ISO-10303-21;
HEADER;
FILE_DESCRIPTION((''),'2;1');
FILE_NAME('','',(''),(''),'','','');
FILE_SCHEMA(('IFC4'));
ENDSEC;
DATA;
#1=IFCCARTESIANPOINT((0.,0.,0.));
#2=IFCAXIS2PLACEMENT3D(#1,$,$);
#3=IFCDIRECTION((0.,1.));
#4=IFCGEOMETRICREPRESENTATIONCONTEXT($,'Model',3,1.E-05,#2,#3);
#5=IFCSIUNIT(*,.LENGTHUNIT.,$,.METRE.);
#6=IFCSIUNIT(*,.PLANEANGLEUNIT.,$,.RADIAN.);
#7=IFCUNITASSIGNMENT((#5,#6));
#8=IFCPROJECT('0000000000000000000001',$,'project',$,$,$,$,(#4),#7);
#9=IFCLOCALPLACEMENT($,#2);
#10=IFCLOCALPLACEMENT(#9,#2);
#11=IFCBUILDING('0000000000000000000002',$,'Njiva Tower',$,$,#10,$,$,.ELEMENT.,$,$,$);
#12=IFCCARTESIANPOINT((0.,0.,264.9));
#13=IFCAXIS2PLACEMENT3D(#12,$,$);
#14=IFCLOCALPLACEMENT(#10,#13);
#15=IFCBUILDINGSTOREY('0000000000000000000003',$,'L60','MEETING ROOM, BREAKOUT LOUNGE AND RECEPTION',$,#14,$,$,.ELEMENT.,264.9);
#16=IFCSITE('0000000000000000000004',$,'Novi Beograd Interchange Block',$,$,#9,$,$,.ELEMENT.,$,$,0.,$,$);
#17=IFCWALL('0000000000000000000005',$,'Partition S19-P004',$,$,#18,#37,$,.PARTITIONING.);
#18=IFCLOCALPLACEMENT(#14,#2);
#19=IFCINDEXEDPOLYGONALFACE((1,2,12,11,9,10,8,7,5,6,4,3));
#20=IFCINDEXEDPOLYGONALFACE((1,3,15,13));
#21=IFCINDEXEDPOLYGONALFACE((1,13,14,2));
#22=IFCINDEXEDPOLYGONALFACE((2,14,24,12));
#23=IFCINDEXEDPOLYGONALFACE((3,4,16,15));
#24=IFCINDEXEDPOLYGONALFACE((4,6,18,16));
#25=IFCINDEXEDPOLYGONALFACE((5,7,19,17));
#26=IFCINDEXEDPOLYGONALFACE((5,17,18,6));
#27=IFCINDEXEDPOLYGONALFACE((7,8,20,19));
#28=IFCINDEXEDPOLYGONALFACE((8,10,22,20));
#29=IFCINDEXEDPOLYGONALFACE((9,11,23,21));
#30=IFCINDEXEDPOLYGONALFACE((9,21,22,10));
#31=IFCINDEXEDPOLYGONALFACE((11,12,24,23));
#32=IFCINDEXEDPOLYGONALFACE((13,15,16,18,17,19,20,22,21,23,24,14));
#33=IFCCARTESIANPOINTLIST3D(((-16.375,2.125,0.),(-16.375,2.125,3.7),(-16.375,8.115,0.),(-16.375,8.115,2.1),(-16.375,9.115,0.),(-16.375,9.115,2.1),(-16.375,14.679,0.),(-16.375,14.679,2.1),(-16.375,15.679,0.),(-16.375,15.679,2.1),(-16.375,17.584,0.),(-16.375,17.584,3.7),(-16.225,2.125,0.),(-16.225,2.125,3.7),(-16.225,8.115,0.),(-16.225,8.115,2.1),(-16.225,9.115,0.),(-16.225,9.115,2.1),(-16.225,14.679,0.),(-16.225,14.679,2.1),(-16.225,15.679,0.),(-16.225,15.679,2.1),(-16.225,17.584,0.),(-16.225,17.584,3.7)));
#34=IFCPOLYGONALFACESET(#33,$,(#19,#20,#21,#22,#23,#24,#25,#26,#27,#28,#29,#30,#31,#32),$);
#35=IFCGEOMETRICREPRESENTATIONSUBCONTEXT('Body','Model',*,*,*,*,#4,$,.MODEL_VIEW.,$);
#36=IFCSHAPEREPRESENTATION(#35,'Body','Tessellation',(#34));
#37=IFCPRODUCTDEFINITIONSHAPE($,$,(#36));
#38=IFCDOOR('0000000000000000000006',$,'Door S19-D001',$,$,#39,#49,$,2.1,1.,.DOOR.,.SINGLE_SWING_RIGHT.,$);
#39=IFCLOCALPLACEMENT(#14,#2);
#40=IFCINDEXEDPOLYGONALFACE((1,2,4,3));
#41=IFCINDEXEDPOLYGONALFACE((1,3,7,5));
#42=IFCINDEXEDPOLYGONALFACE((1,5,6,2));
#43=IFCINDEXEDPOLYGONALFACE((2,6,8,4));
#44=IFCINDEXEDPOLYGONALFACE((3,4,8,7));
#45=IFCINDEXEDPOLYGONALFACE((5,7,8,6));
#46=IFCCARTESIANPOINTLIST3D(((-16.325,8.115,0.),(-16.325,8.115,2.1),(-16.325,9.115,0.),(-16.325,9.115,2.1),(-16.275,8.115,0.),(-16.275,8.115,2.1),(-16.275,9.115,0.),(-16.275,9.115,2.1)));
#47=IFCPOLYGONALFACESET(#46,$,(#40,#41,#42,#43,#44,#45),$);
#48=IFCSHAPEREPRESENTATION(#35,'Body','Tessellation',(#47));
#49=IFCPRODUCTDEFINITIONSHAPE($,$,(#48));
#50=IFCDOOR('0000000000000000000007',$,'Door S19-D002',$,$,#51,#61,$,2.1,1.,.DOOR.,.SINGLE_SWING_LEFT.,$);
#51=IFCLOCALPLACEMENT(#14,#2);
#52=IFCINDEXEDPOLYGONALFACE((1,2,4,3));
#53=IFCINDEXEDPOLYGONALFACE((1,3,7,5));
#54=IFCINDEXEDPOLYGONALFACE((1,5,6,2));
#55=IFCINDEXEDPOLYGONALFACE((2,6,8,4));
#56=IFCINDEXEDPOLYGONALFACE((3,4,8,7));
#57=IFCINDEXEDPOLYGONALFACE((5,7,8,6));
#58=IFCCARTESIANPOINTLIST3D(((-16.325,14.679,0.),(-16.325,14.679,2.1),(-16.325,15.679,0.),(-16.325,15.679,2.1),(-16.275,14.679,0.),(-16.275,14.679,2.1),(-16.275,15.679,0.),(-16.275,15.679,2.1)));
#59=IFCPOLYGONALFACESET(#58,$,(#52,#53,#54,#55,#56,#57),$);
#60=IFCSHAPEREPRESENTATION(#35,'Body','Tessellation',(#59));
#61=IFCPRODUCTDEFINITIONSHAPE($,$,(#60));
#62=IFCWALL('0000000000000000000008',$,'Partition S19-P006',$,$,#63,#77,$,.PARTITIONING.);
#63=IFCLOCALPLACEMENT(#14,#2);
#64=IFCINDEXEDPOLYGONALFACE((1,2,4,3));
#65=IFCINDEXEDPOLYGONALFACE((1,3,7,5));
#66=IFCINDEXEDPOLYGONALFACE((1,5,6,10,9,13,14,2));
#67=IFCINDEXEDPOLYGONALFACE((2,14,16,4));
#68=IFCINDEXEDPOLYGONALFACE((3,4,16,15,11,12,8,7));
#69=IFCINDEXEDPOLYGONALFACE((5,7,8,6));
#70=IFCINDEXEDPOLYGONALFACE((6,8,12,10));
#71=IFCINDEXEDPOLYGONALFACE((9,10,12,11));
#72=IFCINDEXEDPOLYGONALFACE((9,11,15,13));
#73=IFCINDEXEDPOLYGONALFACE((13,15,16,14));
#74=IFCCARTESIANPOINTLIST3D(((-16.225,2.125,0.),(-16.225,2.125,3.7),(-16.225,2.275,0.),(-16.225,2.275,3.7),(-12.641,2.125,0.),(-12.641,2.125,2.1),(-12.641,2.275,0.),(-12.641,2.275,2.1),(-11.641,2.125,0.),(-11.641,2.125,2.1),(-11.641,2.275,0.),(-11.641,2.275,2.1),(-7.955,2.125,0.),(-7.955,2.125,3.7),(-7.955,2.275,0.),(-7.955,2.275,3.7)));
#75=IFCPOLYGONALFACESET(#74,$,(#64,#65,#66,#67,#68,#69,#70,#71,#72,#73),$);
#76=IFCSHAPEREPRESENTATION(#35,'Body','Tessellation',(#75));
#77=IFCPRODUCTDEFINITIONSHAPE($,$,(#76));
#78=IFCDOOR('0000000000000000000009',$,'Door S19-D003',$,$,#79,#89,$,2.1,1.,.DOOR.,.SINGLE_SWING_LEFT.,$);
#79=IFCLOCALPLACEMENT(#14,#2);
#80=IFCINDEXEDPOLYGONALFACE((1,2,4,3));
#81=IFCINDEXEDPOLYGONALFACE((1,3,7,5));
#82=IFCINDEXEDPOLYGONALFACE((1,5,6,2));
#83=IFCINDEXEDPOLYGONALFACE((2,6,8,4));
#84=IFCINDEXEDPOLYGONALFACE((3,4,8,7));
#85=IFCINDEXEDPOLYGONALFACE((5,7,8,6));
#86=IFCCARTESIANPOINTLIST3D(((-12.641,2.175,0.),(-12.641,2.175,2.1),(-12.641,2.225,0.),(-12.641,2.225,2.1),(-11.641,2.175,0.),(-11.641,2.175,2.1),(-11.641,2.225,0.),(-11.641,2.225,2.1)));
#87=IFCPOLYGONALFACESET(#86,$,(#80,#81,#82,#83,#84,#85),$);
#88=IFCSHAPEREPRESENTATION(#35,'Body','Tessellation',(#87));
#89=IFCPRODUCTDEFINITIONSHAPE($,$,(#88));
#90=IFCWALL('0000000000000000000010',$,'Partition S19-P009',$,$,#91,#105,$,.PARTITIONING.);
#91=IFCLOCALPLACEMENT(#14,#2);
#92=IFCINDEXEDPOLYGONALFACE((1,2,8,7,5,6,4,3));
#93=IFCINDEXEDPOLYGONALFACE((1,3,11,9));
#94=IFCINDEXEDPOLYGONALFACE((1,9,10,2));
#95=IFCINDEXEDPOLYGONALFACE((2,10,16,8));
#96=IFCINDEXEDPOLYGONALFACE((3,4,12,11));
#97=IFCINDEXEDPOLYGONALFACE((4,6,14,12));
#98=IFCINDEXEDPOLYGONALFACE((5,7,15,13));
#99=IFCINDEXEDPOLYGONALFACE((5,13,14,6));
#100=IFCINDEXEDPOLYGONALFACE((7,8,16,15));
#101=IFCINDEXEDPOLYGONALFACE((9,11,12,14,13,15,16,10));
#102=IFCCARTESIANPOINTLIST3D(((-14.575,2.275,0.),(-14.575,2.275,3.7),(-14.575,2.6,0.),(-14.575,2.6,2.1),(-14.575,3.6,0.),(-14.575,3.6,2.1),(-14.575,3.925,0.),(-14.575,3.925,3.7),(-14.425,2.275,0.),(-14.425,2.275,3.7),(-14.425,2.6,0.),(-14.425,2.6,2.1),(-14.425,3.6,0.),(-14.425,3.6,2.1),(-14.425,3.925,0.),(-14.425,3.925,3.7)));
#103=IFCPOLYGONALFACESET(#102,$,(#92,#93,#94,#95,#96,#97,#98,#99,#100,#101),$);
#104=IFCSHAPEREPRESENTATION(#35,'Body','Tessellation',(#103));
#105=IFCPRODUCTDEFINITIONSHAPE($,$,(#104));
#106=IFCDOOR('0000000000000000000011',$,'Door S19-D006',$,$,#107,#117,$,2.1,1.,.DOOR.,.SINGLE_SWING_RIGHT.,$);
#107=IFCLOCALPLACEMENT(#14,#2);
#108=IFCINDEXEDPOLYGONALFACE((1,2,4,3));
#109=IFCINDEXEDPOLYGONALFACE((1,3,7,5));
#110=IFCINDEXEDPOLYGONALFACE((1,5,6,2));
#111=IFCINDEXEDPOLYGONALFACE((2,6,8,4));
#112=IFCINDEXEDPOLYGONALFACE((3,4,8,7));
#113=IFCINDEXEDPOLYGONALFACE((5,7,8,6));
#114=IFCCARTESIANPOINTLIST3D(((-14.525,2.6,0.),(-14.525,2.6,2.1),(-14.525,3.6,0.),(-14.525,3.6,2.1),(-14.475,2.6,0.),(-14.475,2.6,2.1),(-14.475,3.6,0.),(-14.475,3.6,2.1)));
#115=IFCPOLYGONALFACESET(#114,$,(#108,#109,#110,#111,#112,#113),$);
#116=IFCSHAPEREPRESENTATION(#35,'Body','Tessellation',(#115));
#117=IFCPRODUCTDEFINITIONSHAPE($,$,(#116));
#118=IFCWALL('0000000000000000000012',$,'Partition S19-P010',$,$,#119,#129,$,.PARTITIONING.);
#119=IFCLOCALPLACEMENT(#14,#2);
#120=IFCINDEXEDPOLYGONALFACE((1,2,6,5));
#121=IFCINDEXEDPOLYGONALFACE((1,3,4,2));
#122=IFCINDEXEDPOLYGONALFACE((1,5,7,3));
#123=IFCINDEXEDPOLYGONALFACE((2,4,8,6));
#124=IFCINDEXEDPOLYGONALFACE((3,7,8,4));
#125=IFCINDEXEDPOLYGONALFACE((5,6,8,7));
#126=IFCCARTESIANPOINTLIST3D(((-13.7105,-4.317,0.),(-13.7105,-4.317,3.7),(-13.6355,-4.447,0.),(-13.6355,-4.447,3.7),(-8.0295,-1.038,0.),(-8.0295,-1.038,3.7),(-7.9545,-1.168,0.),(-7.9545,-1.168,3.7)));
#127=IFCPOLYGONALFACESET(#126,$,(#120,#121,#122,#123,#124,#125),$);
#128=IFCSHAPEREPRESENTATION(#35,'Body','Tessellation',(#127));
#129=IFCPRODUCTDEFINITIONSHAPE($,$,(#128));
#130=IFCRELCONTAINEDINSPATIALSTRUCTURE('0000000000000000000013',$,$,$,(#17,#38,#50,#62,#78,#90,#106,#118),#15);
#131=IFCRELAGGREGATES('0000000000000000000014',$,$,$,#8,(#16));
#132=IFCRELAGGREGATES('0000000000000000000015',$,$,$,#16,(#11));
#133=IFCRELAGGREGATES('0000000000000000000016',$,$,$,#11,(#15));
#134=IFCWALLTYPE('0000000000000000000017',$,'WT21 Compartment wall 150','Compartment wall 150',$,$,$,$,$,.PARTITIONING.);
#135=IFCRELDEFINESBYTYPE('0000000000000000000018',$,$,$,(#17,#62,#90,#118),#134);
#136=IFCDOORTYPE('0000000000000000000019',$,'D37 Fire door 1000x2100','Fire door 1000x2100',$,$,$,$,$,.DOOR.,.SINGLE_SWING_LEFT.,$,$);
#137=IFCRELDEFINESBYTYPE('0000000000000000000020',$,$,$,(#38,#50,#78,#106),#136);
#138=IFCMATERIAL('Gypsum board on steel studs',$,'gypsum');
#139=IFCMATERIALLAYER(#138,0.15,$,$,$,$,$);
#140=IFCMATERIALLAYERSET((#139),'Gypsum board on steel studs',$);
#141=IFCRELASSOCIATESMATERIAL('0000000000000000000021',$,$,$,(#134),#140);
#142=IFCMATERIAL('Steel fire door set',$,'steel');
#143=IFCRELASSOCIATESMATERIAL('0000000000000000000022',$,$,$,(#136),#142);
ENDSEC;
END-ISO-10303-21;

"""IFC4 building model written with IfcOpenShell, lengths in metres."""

from ifc_helpers import new_model, si_unit, direction, frame, frame_2d, origin, place, context, subcontext, project, spatial, rectangle, extrude, material, layer, layer_set, type_object, element, fill, save


model = new_model("IFC4")

# Units and contexts
model_context = context("Model", 3, precision=1e-05, world=origin(), true_north=direction((0.0, 1.0)))
body_context = subcontext(model_context, "Body", "Model", "MODEL_VIEW")
ifc_project = project(units=[si_unit("LENGTHUNIT", "METRE"), si_unit("PLANEANGLEUNIT", "RADIAN")], contexts=[model_context])

# Site, building, storey
site_placement = place(None, origin())
site = spatial("IfcSite", under=ifc_project, at=site_placement, Name="Novi Beograd Interchange Block", CompositionType="ELEMENT", RefElevation=0.0)
building_placement = place(site_placement, origin())
building = spatial("IfcBuilding", under=site, at=building_placement, Name="Njiva Tower", CompositionType="ELEMENT")
storey_placement = place(building_placement, frame((0.0, 0.0, 264.9)))
storey = spatial("IfcBuildingStorey", under=building, at=storey_placement, Name="L60", Description="MEETING ROOM, BREAKOUT LOUNGE AND RECEPTION", CompositionType="ELEMENT", Elevation=264.9)

# Shared definitions
ifc_material_1 = material(Name="Gypsum board on steel studs", Category="gypsum")
ifc_layer = layer(ifc_material_1, 0.15)
ifc_layer_set = layer_set([ifc_layer], Name="Gypsum board on steel studs")
wall_type = type_object("IfcWallType", Name="WT21 Compartment wall 150", Description="Compartment wall 150", PredefinedType="PARTITIONING", material=ifc_layer_set)

# Wall, openings, doors
wall_1_placement = place(storey_placement, frame((-16.3, 2.125, 0.0), z_axis=(0.0, 0.0, 1.0), x_axis=(0.0, 1.0, 0.0)))
wall_1 = element("IfcWall", 1, at=wall_1_placement, inside=storey, type_object=wall_type, Name="Partition S19-P004", PredefinedType="PARTITIONING", context=body_context, shape_type="SweptSolid", body=[
    extrude(rectangle(XDim=15.459, YDim=0.15, at=frame_2d((7.7295, 0.0))), origin(), (0.0, 0.0, 1.0), 3.7),
])
opening_1_placement = place(wall_1_placement, frame((5.99, 0.0, 0.0)))
opening_1 = element("IfcOpeningElement", 2, at=opening_1_placement, cuts=wall_1, PredefinedType="OPENING", context=body_context, shape_type="SweptSolid", body=[
    extrude(rectangle(XDim=1.0, YDim=2.1, at=frame_2d((0.5, 1.05))), frame((0.0, 0.085, 0.0), z_axis=(0.0, -1.0, 0.0), x_axis=(1.0, 0.0, 0.0)), (0.0, 0.0, 1.0), 0.17),
])
opening_2_placement = place(wall_1_placement, frame((12.554, 0.0, 0.0)))
opening_2 = element("IfcOpeningElement", 3, at=opening_2_placement, cuts=wall_1, PredefinedType="OPENING", context=body_context, shape_type="SweptSolid", body=[
    extrude(rectangle(XDim=1.0, YDim=2.1, at=frame_2d((0.5, 1.05))), frame((0.0, 0.085, 0.0), z_axis=(0.0, -1.0, 0.0), x_axis=(1.0, 0.0, 0.0)), (0.0, 0.0, 1.0), 0.17),
])
ifc_material_2 = material(Name="Steel fire door set", Category="steel")
door_type = type_object("IfcDoorType", Name="D37 Fire door 1000x2100", Description="Fire door 1000x2100", OperationType="SINGLE_SWING_LEFT", PredefinedType="DOOR", material=ifc_material_2)
door_1_placement = place(opening_1_placement, origin())
door_1 = element("IfcDoor", 4, at=door_1_placement, inside=storey, type_object=door_type, Name="Door S19-D001", OperationType="SINGLE_SWING_RIGHT", OverallHeight=2.1, OverallWidth=1.0, PredefinedType="DOOR", context=body_context, shape_type="SweptSolid", body=[
    extrude(rectangle(XDim=1.0, YDim=2.1, at=frame_2d((0.5, 1.05))), frame((0.0, 0.025, 0.0), z_axis=(0.0, -1.0, 0.0), x_axis=(1.0, 0.0, 0.0)), (0.0, 0.0, 1.0), 0.05),
])
fill(opening_1, door_1)
door_2_placement = place(opening_2_placement, origin())
door_2 = element("IfcDoor", 5, at=door_2_placement, inside=storey, type_object=door_type, Name="Door S19-D002", OperationType="SINGLE_SWING_LEFT", OverallHeight=2.1, OverallWidth=1.0, PredefinedType="DOOR", context=body_context, shape_type="SweptSolid", body=[
    extrude(rectangle(XDim=1.0, YDim=2.1, at=frame_2d((0.5, 1.05))), frame((0.0, 0.025, 0.0), z_axis=(0.0, -1.0, 0.0), x_axis=(1.0, 0.0, 0.0)), (0.0, 0.0, 1.0), 0.05),
])
fill(opening_2, door_2)

# Walls, openings, doors
wall_2_placement = place(storey_placement, frame((-16.225, 2.2, 0.0), z_axis=(0.0, 0.0, 1.0), x_axis=(1.0, 0.0, 0.0)))
wall_2 = element("IfcWall", 6, at=wall_2_placement, inside=storey, type_object=wall_type, Name="Partition S19-P006", PredefinedType="PARTITIONING", context=body_context, shape_type="SweptSolid", body=[
    extrude(rectangle(XDim=8.27, YDim=0.15, at=frame_2d((4.135, 0.0))), origin(), (0.0, 0.0, 1.0), 3.7),
])
opening_3_placement = place(wall_2_placement, frame((3.584, 0.0, 0.0)))
opening_3 = element("IfcOpeningElement", 7, at=opening_3_placement, cuts=wall_2, PredefinedType="OPENING", context=body_context, shape_type="SweptSolid", body=[
    extrude(rectangle(XDim=1.0, YDim=2.1, at=frame_2d((0.5, 1.05))), frame((0.0, 0.085, 0.0), z_axis=(0.0, -1.0, 0.0), x_axis=(1.0, 0.0, 0.0)), (0.0, 0.0, 1.0), 0.17),
])
door_3_placement = place(opening_3_placement, origin())
door_3 = element("IfcDoor", 8, at=door_3_placement, inside=storey, type_object=door_type, Name="Door S19-D003", OperationType="SINGLE_SWING_LEFT", OverallHeight=2.1, OverallWidth=1.0, PredefinedType="DOOR", context=body_context, shape_type="SweptSolid", body=[
    extrude(rectangle(XDim=1.0, YDim=2.1, at=frame_2d((0.5, 1.05))), frame((0.0, 0.025, 0.0), z_axis=(0.0, -1.0, 0.0), x_axis=(1.0, 0.0, 0.0)), (0.0, 0.0, 1.0), 0.05),
])
fill(opening_3, door_3)
wall_3_placement = place(storey_placement, frame((-14.5, 2.275, 0.0), z_axis=(0.0, 0.0, 1.0), x_axis=(0.0, 1.0, 0.0)))
wall_3 = element("IfcWall", 9, at=wall_3_placement, inside=storey, type_object=wall_type, Name="Partition S19-P009", PredefinedType="PARTITIONING", context=body_context, shape_type="SweptSolid", body=[
    extrude(rectangle(XDim=1.65, YDim=0.15, at=frame_2d((0.825, 0.0))), origin(), (0.0, 0.0, 1.0), 3.7),
])
opening_4_placement = place(wall_3_placement, frame((0.325, 0.0, 0.0)))
opening_4 = element("IfcOpeningElement", 10, at=opening_4_placement, cuts=wall_3, PredefinedType="OPENING", context=body_context, shape_type="SweptSolid", body=[
    extrude(rectangle(XDim=1.0, YDim=2.1, at=frame_2d((0.5, 1.05))), frame((0.0, 0.085, 0.0), z_axis=(0.0, -1.0, 0.0), x_axis=(1.0, 0.0, 0.0)), (0.0, 0.0, 1.0), 0.17),
])
door_4_placement = place(opening_4_placement, origin())
door_4 = element("IfcDoor", 11, at=door_4_placement, inside=storey, type_object=door_type, Name="Door S19-D006", OperationType="SINGLE_SWING_RIGHT", OverallHeight=2.1, OverallWidth=1.0, PredefinedType="DOOR", context=body_context, shape_type="SweptSolid", body=[
    extrude(rectangle(XDim=1.0, YDim=2.1, at=frame_2d((0.5, 1.05))), frame((0.0, 0.025, 0.0), z_axis=(0.0, -1.0, 0.0), x_axis=(1.0, 0.0, 0.0)), (0.0, 0.0, 1.0), 0.05),
])
fill(opening_4, door_4)

# Wall
wall_4_placement = place(storey_placement, frame((-13.673, -4.382, 0.0), z_axis=(0.0, 0.0, 1.0), x_axis=(0.866087, 0.499894, 0.0)))
element("IfcWall", 12, at=wall_4_placement, inside=storey, type_object=wall_type, Name="Partition S19-P010", PredefinedType="PARTITIONING", context=body_context, shape_type="SweptSolid", body=[
    extrude(rectangle(XDim=6.5594, YDim=0.15, at=frame_2d((3.2797, 0.0))), origin(), (0.0, 0.0, 1.0), 3.7),
])

save(model, "model.ifc")
